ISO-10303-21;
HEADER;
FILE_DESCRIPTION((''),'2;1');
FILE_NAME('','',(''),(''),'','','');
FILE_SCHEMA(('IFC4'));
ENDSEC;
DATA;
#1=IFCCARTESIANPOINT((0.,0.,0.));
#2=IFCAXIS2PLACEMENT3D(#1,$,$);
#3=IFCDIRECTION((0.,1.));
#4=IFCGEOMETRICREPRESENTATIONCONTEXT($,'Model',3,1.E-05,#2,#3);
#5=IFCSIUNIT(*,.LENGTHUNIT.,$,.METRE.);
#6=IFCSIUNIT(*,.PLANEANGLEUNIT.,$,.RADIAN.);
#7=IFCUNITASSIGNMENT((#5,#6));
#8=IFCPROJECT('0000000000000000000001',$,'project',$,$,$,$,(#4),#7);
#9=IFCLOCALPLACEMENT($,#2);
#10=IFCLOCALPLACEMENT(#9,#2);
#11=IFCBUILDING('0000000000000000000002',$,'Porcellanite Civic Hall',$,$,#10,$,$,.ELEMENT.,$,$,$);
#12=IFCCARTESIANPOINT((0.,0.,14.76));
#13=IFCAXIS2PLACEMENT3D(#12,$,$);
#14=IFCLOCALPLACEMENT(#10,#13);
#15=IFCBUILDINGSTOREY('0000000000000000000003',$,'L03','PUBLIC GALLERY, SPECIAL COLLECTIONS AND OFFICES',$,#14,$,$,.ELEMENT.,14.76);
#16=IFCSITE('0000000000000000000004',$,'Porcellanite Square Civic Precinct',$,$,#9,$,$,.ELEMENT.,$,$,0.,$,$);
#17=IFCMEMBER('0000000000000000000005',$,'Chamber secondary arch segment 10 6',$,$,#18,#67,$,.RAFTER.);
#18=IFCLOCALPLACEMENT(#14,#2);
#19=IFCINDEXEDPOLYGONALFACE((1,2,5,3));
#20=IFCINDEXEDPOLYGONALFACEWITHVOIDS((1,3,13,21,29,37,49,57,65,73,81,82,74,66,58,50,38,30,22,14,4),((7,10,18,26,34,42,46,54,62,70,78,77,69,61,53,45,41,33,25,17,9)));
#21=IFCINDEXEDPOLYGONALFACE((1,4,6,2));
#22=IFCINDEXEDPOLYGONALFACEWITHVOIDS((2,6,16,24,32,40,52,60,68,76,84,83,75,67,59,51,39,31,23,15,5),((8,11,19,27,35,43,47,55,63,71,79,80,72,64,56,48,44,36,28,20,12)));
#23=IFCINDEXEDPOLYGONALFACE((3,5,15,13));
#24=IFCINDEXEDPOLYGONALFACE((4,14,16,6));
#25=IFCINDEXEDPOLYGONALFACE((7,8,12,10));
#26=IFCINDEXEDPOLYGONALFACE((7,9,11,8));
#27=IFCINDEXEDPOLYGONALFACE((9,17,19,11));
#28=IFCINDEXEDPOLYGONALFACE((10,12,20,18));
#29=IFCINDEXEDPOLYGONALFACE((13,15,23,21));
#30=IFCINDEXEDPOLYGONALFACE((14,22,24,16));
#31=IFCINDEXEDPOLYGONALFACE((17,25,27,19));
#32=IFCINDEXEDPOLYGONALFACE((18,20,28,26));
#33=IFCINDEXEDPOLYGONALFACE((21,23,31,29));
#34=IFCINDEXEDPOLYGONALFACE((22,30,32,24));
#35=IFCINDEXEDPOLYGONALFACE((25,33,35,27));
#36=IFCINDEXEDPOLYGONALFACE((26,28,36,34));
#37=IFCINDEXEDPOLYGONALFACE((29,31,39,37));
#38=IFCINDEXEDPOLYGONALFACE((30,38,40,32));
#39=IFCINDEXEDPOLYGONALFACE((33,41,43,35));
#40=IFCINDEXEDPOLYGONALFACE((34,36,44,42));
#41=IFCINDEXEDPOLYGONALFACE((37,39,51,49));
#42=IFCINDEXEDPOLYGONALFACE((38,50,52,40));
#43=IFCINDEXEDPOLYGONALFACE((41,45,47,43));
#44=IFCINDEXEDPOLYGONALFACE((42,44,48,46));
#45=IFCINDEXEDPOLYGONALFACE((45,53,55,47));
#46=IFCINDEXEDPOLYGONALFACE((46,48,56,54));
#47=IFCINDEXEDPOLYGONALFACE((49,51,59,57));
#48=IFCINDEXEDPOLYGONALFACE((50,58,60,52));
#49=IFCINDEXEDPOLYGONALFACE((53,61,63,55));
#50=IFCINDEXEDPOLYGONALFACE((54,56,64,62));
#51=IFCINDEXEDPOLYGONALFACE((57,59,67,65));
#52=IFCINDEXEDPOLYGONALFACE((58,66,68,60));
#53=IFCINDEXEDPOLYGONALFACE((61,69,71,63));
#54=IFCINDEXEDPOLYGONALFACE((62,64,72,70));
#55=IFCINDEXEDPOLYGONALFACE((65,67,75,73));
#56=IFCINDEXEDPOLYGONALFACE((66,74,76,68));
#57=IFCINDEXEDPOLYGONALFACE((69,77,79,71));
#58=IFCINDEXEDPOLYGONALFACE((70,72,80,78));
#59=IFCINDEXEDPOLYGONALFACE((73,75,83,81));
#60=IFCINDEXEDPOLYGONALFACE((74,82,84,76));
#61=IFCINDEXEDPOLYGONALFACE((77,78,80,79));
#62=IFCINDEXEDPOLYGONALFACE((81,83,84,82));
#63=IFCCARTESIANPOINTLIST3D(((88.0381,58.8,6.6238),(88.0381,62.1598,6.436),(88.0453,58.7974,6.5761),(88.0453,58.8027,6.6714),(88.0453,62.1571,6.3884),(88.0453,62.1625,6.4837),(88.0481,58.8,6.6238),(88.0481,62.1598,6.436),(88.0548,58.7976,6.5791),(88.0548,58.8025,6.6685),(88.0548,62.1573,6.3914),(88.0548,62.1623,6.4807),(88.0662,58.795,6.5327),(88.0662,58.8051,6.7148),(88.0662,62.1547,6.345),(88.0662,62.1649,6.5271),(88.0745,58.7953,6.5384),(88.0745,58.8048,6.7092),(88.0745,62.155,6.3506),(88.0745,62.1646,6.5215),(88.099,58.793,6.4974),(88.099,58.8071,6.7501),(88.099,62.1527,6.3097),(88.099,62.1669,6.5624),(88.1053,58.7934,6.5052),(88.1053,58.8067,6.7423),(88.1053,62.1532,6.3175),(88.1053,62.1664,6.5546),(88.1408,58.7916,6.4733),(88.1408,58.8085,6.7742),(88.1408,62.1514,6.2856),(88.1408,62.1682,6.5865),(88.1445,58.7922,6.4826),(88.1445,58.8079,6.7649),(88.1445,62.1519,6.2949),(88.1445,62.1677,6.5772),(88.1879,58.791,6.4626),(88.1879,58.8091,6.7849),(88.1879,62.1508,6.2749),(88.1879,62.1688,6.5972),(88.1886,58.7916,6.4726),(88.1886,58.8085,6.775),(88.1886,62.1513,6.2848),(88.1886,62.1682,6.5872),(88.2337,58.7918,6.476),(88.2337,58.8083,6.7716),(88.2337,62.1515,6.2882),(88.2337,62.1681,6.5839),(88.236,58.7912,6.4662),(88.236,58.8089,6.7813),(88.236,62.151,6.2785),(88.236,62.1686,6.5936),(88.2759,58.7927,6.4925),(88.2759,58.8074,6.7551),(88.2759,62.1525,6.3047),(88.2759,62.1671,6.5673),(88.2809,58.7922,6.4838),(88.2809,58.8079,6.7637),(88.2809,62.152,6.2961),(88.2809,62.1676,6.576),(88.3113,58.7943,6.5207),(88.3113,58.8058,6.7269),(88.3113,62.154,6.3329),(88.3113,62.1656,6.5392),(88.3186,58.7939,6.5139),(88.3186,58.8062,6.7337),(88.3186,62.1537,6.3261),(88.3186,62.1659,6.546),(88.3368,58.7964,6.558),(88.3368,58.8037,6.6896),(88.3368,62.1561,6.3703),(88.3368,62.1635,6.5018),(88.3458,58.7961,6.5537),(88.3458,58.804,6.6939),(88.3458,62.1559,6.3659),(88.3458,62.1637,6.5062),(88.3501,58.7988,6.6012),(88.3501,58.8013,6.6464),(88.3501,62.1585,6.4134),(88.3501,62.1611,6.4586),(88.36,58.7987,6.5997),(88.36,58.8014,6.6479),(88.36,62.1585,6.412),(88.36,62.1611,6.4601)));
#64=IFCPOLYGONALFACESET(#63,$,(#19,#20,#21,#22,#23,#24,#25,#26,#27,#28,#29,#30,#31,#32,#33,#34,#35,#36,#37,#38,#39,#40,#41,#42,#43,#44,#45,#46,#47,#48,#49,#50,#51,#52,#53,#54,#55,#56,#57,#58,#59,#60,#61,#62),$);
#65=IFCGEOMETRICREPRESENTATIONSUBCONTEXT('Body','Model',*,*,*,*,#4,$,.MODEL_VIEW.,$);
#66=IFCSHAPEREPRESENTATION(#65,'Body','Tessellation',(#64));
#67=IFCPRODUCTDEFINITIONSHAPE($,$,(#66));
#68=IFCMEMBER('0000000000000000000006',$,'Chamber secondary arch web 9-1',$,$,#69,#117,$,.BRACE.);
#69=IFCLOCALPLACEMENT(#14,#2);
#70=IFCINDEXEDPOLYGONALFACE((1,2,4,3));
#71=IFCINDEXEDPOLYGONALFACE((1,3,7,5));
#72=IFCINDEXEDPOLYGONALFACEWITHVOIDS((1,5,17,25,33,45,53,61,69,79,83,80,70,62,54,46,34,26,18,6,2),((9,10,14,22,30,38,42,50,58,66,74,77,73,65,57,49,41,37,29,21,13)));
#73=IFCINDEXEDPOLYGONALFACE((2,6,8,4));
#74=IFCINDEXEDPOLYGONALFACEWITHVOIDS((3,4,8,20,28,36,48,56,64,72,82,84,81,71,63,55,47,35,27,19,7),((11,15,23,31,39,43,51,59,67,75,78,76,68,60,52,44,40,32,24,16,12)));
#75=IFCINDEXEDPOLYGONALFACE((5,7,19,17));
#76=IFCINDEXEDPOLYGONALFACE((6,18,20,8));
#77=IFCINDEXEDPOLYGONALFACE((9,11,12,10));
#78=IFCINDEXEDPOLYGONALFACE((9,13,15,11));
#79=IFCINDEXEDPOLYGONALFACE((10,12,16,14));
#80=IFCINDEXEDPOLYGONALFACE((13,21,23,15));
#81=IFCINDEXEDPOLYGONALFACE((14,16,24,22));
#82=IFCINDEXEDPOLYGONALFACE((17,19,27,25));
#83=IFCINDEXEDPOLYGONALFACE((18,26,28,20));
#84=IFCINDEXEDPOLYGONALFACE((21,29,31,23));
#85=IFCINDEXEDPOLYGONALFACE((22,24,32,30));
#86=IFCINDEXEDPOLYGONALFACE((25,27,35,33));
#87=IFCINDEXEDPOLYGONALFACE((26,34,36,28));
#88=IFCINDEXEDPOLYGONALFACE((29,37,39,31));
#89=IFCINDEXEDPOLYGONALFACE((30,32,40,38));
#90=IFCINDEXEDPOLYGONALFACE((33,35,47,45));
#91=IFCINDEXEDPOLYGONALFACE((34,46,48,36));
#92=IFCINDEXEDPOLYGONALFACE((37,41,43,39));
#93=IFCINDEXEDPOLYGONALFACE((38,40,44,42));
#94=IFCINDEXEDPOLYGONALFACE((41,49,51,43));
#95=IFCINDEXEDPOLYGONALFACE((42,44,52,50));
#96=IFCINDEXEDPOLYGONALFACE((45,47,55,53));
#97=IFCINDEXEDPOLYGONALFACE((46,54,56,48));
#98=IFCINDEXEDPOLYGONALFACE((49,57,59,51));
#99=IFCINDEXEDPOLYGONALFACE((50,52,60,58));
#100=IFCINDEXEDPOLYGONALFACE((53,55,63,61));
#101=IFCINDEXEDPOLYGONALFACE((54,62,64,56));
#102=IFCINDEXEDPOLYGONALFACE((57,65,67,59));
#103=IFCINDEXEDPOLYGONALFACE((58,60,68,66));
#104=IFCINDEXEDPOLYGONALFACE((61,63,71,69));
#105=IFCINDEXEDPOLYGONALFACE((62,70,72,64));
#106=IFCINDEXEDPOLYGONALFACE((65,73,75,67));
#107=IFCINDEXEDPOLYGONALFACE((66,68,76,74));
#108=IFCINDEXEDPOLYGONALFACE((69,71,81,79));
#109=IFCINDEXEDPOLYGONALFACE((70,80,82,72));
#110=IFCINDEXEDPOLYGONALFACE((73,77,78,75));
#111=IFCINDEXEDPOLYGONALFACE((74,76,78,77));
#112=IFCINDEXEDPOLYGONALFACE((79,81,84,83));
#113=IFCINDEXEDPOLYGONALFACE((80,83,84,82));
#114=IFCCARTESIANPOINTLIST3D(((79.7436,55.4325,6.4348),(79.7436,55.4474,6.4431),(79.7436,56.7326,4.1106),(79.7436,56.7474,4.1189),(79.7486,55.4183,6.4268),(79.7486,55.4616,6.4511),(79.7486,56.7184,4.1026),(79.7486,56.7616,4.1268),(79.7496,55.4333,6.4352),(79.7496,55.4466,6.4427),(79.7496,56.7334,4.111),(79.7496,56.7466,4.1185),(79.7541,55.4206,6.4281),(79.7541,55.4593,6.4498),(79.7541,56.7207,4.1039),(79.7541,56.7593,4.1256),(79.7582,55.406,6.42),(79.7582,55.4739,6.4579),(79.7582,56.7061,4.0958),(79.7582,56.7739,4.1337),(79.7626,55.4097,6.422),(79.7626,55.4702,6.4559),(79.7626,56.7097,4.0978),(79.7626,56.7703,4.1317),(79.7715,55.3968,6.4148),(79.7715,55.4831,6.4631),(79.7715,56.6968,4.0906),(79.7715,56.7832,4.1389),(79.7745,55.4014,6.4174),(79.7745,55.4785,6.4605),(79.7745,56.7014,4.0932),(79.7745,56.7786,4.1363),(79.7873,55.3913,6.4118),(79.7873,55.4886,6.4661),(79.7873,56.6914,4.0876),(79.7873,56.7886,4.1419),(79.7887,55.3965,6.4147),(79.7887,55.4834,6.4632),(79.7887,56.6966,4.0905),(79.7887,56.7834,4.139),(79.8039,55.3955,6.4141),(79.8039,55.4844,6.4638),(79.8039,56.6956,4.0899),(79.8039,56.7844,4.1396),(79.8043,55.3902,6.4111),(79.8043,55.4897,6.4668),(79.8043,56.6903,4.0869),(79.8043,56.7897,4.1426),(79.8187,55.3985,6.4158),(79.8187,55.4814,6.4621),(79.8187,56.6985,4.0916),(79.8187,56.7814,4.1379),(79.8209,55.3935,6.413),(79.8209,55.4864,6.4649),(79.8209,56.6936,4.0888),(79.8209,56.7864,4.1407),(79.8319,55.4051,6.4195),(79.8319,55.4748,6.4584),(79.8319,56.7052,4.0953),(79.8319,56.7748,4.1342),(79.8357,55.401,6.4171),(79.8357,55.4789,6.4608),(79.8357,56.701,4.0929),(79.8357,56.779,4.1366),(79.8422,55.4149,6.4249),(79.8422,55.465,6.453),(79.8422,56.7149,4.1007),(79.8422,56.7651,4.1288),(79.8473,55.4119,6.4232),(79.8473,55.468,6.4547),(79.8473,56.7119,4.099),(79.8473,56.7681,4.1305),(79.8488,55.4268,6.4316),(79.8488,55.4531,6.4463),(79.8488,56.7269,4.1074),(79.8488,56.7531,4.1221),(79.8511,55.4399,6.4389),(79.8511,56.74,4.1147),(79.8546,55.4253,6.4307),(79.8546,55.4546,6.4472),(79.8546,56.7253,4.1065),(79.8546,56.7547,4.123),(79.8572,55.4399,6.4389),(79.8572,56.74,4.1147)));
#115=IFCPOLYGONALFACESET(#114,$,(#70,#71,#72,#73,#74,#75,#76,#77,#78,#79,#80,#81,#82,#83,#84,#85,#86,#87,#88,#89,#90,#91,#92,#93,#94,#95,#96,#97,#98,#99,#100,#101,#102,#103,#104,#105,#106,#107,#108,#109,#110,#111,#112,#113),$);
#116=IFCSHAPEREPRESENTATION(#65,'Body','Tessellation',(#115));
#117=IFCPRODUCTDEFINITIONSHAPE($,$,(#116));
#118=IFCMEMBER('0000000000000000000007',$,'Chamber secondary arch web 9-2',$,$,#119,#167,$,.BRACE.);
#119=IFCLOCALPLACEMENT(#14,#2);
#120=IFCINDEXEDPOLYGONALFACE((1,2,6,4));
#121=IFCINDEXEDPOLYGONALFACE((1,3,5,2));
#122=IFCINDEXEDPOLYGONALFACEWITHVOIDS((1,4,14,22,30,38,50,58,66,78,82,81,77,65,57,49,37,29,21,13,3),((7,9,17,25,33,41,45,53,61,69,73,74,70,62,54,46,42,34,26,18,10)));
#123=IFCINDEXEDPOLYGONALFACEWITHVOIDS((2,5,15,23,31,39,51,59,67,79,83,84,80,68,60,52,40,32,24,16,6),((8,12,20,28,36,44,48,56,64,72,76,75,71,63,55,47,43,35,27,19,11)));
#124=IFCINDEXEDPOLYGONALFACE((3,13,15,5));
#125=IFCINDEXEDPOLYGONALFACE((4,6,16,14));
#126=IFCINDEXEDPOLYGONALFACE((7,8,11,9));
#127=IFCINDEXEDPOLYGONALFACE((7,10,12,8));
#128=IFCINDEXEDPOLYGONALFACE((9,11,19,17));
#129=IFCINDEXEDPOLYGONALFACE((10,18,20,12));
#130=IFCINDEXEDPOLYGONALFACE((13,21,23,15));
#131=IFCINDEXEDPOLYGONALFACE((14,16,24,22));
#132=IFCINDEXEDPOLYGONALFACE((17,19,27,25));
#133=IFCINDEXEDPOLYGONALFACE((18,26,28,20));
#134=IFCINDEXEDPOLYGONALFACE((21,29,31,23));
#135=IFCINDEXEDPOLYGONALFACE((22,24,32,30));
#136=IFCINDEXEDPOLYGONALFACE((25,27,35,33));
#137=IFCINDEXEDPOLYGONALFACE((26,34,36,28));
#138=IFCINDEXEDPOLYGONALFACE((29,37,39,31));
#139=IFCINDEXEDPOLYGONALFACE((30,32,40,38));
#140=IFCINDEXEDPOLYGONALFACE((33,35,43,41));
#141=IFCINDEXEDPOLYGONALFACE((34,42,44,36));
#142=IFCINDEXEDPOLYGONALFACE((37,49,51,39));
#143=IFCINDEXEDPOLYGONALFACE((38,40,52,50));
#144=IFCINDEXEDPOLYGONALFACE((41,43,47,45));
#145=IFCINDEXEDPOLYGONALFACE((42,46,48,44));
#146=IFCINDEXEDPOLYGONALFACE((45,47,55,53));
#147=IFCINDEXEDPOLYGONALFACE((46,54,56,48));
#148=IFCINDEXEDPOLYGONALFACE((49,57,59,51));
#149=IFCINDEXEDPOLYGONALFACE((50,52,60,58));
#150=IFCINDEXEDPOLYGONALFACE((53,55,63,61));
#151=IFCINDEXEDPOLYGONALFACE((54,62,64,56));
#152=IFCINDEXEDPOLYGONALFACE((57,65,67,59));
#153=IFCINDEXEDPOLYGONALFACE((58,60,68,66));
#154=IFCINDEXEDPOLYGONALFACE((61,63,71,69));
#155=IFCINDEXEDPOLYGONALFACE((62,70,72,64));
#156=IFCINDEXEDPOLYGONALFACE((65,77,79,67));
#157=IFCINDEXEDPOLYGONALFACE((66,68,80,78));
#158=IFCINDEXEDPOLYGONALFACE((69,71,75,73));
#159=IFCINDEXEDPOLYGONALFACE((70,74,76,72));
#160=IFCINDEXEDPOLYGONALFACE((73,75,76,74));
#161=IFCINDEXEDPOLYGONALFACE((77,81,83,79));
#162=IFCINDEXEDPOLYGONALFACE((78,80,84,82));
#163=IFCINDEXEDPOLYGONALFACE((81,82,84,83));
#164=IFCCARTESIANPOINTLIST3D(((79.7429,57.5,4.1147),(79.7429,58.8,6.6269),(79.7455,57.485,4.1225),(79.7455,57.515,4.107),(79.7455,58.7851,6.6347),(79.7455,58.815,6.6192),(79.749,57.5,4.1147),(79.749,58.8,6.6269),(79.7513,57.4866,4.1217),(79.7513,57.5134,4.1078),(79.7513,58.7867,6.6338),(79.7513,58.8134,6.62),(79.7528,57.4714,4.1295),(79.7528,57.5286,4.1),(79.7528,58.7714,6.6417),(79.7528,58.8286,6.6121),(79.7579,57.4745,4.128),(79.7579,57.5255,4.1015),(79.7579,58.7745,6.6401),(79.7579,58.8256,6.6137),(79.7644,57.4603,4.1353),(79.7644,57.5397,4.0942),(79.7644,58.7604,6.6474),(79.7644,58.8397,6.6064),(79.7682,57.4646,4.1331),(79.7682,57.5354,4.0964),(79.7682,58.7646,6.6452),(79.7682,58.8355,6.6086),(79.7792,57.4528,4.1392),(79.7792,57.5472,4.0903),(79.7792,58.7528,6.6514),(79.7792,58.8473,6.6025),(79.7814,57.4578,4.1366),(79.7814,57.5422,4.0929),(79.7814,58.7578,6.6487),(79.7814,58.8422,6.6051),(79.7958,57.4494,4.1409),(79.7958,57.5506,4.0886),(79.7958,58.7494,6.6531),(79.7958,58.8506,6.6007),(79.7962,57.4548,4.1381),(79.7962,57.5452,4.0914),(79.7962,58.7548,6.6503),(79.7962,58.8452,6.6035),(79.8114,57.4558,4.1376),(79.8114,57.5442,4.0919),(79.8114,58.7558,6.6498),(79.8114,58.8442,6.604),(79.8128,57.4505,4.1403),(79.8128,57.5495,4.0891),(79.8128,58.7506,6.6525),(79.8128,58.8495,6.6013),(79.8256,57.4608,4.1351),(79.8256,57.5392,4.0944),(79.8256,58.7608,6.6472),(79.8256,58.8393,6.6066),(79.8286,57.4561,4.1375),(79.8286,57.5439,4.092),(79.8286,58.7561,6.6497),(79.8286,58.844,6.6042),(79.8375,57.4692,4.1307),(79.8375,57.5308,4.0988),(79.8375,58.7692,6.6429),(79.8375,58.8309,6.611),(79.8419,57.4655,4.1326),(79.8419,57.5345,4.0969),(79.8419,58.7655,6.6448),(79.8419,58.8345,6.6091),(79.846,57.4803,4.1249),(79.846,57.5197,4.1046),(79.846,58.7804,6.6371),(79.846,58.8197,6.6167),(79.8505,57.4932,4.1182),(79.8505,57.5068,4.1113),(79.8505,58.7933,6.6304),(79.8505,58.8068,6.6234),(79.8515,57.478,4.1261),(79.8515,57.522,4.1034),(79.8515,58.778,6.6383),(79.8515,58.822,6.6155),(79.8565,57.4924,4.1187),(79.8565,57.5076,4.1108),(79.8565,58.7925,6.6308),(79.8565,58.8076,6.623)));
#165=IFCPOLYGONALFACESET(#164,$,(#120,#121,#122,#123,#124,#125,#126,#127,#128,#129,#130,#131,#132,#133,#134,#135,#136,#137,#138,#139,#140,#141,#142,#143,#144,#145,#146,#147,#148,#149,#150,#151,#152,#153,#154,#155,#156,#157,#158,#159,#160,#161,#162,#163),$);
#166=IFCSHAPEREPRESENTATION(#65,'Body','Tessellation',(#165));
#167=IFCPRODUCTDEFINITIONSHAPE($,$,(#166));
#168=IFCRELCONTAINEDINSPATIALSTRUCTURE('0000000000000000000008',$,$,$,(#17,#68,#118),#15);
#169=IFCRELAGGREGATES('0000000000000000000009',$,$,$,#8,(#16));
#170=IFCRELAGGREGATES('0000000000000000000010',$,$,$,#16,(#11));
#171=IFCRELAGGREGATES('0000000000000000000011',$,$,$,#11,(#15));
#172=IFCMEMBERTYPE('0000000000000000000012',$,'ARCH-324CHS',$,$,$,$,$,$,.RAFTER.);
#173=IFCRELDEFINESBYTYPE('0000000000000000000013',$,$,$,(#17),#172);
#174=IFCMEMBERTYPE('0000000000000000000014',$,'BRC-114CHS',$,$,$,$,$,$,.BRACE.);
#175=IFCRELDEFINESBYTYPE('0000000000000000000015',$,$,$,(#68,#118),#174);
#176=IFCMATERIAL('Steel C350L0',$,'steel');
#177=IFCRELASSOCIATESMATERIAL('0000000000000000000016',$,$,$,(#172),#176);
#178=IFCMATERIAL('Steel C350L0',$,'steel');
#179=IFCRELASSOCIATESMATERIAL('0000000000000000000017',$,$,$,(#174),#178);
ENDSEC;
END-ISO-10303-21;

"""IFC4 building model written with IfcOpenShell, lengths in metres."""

from ifc_helpers import new_model, si_unit, direction, frame, origin, origin_2d, place, context, subcontext, project, spatial, hollow_circle, extrude, material, material_profile, profile_set, type_object, element, save


model = new_model("IFC4")

# Units and contexts
model_context = context("Model", 3, precision=1e-05, world=origin(), true_north=direction((0.0, 1.0)))
body_context = subcontext(model_context, "Body", "Model", "MODEL_VIEW")
ifc_project = project(units=[si_unit("LENGTHUNIT", "METRE"), si_unit("PLANEANGLEUNIT", "RADIAN")], contexts=[model_context])

# Site, building, storey
site_placement = place(None, origin())
site = spatial("IfcSite", under=ifc_project, at=site_placement, Name="Porcellanite Square Civic Precinct", CompositionType="ELEMENT", RefElevation=0.0)
building_placement = place(site_placement, origin())
building = spatial("IfcBuilding", under=site, at=building_placement, Name="Porcellanite Civic Hall", CompositionType="ELEMENT")
storey_placement = place(building_placement, frame((0.0, 0.0, 14.76)))
storey = spatial("IfcBuildingStorey", under=building, at=storey_placement, Name="L03", Description="PUBLIC GALLERY, SPECIAL COLLECTIONS AND OFFICES", CompositionType="ELEMENT", Elevation=14.76)

# Members
ifc_material_1 = material(Name="Steel C350L0", Category="steel")
ifc_material_profile_1 = material_profile(ifc_material_1, hollow_circle(Radius=0.1619, WallThickness=0.01, at=origin_2d()), Name="323.9x10.0CHS")
ifc_profile_set_1 = profile_set([ifc_material_profile_1], Name="Steel C350L0")
member_type_1 = type_object("IfcMemberType", Name="ARCH-324CHS", PredefinedType="RAFTER", material=ifc_profile_set_1)
member_1_placement = place(storey_placement, frame((88.2, 58.8, 6.6238), z_axis=(0.0, 0.998442, -0.055791), x_axis=(-1.0, 0.0, 0.0)))
element("IfcMember", 1, at=member_1_placement, inside=storey, type_object=member_type_1, Name="Chamber secondary arch segment 10 6", PredefinedType="RAFTER", context=body_context, shape_type="SweptSolid", body=[
    extrude(hollow_circle(Radius=0.1619, WallThickness=0.01, at=origin_2d()), origin(), (0.0, 0.0, 1.0), 3.365),
])
ifc_material_2 = material(Name="Steel C350L0", Category="steel")
ifc_material_profile_2 = material_profile(ifc_material_2, hollow_circle(Radius=0.0571, WallThickness=0.0061, at=origin_2d()), Name="114.3x6.0CHS")
ifc_profile_set_2 = profile_set([ifc_material_profile_2], Name="Steel C350L0")
member_type_2 = type_object("IfcMemberType", Name="BRC-114CHS", PredefinedType="BRACE", material=ifc_profile_set_2)
member_2_placement = place(storey_placement, frame((79.8, 56.74, 4.1147), z_axis=(0.0, -0.488171, 0.872748), x_axis=(1.0, 0.0, 0.0)))
element("IfcMember", 2, at=member_2_placement, inside=storey, type_object=member_type_2, Name="Chamber secondary arch web 9-1", PredefinedType="BRACE", context=body_context, shape_type="SweptSolid", body=[
    extrude(hollow_circle(Radius=0.0571, WallThickness=0.0061, at=origin_2d()), origin(), (0.0, 0.0, 1.0), 2.6631),
])
for number, where, z_axis, x_axis, name in (
    (3, (79.8, 57.5, 4.1147), (0.0, 0.459599, 0.888127), (-1.0, 0.0, 0.0), "Chamber secondary arch web 9-2"),
):
    element("IfcMember", number, at=place(storey_placement, frame(where, z_axis=z_axis, x_axis=x_axis)), inside=storey, type_object=member_type_2, Name=name, PredefinedType="BRACE", context=body_context, shape_type="SweptSolid", body=[
        extrude(hollow_circle(Radius=0.0571, WallThickness=0.0061, at=origin_2d()), origin(), (0.0, 0.0, 1.0), 2.8286),
    ])

save(model, "model.ifc")
